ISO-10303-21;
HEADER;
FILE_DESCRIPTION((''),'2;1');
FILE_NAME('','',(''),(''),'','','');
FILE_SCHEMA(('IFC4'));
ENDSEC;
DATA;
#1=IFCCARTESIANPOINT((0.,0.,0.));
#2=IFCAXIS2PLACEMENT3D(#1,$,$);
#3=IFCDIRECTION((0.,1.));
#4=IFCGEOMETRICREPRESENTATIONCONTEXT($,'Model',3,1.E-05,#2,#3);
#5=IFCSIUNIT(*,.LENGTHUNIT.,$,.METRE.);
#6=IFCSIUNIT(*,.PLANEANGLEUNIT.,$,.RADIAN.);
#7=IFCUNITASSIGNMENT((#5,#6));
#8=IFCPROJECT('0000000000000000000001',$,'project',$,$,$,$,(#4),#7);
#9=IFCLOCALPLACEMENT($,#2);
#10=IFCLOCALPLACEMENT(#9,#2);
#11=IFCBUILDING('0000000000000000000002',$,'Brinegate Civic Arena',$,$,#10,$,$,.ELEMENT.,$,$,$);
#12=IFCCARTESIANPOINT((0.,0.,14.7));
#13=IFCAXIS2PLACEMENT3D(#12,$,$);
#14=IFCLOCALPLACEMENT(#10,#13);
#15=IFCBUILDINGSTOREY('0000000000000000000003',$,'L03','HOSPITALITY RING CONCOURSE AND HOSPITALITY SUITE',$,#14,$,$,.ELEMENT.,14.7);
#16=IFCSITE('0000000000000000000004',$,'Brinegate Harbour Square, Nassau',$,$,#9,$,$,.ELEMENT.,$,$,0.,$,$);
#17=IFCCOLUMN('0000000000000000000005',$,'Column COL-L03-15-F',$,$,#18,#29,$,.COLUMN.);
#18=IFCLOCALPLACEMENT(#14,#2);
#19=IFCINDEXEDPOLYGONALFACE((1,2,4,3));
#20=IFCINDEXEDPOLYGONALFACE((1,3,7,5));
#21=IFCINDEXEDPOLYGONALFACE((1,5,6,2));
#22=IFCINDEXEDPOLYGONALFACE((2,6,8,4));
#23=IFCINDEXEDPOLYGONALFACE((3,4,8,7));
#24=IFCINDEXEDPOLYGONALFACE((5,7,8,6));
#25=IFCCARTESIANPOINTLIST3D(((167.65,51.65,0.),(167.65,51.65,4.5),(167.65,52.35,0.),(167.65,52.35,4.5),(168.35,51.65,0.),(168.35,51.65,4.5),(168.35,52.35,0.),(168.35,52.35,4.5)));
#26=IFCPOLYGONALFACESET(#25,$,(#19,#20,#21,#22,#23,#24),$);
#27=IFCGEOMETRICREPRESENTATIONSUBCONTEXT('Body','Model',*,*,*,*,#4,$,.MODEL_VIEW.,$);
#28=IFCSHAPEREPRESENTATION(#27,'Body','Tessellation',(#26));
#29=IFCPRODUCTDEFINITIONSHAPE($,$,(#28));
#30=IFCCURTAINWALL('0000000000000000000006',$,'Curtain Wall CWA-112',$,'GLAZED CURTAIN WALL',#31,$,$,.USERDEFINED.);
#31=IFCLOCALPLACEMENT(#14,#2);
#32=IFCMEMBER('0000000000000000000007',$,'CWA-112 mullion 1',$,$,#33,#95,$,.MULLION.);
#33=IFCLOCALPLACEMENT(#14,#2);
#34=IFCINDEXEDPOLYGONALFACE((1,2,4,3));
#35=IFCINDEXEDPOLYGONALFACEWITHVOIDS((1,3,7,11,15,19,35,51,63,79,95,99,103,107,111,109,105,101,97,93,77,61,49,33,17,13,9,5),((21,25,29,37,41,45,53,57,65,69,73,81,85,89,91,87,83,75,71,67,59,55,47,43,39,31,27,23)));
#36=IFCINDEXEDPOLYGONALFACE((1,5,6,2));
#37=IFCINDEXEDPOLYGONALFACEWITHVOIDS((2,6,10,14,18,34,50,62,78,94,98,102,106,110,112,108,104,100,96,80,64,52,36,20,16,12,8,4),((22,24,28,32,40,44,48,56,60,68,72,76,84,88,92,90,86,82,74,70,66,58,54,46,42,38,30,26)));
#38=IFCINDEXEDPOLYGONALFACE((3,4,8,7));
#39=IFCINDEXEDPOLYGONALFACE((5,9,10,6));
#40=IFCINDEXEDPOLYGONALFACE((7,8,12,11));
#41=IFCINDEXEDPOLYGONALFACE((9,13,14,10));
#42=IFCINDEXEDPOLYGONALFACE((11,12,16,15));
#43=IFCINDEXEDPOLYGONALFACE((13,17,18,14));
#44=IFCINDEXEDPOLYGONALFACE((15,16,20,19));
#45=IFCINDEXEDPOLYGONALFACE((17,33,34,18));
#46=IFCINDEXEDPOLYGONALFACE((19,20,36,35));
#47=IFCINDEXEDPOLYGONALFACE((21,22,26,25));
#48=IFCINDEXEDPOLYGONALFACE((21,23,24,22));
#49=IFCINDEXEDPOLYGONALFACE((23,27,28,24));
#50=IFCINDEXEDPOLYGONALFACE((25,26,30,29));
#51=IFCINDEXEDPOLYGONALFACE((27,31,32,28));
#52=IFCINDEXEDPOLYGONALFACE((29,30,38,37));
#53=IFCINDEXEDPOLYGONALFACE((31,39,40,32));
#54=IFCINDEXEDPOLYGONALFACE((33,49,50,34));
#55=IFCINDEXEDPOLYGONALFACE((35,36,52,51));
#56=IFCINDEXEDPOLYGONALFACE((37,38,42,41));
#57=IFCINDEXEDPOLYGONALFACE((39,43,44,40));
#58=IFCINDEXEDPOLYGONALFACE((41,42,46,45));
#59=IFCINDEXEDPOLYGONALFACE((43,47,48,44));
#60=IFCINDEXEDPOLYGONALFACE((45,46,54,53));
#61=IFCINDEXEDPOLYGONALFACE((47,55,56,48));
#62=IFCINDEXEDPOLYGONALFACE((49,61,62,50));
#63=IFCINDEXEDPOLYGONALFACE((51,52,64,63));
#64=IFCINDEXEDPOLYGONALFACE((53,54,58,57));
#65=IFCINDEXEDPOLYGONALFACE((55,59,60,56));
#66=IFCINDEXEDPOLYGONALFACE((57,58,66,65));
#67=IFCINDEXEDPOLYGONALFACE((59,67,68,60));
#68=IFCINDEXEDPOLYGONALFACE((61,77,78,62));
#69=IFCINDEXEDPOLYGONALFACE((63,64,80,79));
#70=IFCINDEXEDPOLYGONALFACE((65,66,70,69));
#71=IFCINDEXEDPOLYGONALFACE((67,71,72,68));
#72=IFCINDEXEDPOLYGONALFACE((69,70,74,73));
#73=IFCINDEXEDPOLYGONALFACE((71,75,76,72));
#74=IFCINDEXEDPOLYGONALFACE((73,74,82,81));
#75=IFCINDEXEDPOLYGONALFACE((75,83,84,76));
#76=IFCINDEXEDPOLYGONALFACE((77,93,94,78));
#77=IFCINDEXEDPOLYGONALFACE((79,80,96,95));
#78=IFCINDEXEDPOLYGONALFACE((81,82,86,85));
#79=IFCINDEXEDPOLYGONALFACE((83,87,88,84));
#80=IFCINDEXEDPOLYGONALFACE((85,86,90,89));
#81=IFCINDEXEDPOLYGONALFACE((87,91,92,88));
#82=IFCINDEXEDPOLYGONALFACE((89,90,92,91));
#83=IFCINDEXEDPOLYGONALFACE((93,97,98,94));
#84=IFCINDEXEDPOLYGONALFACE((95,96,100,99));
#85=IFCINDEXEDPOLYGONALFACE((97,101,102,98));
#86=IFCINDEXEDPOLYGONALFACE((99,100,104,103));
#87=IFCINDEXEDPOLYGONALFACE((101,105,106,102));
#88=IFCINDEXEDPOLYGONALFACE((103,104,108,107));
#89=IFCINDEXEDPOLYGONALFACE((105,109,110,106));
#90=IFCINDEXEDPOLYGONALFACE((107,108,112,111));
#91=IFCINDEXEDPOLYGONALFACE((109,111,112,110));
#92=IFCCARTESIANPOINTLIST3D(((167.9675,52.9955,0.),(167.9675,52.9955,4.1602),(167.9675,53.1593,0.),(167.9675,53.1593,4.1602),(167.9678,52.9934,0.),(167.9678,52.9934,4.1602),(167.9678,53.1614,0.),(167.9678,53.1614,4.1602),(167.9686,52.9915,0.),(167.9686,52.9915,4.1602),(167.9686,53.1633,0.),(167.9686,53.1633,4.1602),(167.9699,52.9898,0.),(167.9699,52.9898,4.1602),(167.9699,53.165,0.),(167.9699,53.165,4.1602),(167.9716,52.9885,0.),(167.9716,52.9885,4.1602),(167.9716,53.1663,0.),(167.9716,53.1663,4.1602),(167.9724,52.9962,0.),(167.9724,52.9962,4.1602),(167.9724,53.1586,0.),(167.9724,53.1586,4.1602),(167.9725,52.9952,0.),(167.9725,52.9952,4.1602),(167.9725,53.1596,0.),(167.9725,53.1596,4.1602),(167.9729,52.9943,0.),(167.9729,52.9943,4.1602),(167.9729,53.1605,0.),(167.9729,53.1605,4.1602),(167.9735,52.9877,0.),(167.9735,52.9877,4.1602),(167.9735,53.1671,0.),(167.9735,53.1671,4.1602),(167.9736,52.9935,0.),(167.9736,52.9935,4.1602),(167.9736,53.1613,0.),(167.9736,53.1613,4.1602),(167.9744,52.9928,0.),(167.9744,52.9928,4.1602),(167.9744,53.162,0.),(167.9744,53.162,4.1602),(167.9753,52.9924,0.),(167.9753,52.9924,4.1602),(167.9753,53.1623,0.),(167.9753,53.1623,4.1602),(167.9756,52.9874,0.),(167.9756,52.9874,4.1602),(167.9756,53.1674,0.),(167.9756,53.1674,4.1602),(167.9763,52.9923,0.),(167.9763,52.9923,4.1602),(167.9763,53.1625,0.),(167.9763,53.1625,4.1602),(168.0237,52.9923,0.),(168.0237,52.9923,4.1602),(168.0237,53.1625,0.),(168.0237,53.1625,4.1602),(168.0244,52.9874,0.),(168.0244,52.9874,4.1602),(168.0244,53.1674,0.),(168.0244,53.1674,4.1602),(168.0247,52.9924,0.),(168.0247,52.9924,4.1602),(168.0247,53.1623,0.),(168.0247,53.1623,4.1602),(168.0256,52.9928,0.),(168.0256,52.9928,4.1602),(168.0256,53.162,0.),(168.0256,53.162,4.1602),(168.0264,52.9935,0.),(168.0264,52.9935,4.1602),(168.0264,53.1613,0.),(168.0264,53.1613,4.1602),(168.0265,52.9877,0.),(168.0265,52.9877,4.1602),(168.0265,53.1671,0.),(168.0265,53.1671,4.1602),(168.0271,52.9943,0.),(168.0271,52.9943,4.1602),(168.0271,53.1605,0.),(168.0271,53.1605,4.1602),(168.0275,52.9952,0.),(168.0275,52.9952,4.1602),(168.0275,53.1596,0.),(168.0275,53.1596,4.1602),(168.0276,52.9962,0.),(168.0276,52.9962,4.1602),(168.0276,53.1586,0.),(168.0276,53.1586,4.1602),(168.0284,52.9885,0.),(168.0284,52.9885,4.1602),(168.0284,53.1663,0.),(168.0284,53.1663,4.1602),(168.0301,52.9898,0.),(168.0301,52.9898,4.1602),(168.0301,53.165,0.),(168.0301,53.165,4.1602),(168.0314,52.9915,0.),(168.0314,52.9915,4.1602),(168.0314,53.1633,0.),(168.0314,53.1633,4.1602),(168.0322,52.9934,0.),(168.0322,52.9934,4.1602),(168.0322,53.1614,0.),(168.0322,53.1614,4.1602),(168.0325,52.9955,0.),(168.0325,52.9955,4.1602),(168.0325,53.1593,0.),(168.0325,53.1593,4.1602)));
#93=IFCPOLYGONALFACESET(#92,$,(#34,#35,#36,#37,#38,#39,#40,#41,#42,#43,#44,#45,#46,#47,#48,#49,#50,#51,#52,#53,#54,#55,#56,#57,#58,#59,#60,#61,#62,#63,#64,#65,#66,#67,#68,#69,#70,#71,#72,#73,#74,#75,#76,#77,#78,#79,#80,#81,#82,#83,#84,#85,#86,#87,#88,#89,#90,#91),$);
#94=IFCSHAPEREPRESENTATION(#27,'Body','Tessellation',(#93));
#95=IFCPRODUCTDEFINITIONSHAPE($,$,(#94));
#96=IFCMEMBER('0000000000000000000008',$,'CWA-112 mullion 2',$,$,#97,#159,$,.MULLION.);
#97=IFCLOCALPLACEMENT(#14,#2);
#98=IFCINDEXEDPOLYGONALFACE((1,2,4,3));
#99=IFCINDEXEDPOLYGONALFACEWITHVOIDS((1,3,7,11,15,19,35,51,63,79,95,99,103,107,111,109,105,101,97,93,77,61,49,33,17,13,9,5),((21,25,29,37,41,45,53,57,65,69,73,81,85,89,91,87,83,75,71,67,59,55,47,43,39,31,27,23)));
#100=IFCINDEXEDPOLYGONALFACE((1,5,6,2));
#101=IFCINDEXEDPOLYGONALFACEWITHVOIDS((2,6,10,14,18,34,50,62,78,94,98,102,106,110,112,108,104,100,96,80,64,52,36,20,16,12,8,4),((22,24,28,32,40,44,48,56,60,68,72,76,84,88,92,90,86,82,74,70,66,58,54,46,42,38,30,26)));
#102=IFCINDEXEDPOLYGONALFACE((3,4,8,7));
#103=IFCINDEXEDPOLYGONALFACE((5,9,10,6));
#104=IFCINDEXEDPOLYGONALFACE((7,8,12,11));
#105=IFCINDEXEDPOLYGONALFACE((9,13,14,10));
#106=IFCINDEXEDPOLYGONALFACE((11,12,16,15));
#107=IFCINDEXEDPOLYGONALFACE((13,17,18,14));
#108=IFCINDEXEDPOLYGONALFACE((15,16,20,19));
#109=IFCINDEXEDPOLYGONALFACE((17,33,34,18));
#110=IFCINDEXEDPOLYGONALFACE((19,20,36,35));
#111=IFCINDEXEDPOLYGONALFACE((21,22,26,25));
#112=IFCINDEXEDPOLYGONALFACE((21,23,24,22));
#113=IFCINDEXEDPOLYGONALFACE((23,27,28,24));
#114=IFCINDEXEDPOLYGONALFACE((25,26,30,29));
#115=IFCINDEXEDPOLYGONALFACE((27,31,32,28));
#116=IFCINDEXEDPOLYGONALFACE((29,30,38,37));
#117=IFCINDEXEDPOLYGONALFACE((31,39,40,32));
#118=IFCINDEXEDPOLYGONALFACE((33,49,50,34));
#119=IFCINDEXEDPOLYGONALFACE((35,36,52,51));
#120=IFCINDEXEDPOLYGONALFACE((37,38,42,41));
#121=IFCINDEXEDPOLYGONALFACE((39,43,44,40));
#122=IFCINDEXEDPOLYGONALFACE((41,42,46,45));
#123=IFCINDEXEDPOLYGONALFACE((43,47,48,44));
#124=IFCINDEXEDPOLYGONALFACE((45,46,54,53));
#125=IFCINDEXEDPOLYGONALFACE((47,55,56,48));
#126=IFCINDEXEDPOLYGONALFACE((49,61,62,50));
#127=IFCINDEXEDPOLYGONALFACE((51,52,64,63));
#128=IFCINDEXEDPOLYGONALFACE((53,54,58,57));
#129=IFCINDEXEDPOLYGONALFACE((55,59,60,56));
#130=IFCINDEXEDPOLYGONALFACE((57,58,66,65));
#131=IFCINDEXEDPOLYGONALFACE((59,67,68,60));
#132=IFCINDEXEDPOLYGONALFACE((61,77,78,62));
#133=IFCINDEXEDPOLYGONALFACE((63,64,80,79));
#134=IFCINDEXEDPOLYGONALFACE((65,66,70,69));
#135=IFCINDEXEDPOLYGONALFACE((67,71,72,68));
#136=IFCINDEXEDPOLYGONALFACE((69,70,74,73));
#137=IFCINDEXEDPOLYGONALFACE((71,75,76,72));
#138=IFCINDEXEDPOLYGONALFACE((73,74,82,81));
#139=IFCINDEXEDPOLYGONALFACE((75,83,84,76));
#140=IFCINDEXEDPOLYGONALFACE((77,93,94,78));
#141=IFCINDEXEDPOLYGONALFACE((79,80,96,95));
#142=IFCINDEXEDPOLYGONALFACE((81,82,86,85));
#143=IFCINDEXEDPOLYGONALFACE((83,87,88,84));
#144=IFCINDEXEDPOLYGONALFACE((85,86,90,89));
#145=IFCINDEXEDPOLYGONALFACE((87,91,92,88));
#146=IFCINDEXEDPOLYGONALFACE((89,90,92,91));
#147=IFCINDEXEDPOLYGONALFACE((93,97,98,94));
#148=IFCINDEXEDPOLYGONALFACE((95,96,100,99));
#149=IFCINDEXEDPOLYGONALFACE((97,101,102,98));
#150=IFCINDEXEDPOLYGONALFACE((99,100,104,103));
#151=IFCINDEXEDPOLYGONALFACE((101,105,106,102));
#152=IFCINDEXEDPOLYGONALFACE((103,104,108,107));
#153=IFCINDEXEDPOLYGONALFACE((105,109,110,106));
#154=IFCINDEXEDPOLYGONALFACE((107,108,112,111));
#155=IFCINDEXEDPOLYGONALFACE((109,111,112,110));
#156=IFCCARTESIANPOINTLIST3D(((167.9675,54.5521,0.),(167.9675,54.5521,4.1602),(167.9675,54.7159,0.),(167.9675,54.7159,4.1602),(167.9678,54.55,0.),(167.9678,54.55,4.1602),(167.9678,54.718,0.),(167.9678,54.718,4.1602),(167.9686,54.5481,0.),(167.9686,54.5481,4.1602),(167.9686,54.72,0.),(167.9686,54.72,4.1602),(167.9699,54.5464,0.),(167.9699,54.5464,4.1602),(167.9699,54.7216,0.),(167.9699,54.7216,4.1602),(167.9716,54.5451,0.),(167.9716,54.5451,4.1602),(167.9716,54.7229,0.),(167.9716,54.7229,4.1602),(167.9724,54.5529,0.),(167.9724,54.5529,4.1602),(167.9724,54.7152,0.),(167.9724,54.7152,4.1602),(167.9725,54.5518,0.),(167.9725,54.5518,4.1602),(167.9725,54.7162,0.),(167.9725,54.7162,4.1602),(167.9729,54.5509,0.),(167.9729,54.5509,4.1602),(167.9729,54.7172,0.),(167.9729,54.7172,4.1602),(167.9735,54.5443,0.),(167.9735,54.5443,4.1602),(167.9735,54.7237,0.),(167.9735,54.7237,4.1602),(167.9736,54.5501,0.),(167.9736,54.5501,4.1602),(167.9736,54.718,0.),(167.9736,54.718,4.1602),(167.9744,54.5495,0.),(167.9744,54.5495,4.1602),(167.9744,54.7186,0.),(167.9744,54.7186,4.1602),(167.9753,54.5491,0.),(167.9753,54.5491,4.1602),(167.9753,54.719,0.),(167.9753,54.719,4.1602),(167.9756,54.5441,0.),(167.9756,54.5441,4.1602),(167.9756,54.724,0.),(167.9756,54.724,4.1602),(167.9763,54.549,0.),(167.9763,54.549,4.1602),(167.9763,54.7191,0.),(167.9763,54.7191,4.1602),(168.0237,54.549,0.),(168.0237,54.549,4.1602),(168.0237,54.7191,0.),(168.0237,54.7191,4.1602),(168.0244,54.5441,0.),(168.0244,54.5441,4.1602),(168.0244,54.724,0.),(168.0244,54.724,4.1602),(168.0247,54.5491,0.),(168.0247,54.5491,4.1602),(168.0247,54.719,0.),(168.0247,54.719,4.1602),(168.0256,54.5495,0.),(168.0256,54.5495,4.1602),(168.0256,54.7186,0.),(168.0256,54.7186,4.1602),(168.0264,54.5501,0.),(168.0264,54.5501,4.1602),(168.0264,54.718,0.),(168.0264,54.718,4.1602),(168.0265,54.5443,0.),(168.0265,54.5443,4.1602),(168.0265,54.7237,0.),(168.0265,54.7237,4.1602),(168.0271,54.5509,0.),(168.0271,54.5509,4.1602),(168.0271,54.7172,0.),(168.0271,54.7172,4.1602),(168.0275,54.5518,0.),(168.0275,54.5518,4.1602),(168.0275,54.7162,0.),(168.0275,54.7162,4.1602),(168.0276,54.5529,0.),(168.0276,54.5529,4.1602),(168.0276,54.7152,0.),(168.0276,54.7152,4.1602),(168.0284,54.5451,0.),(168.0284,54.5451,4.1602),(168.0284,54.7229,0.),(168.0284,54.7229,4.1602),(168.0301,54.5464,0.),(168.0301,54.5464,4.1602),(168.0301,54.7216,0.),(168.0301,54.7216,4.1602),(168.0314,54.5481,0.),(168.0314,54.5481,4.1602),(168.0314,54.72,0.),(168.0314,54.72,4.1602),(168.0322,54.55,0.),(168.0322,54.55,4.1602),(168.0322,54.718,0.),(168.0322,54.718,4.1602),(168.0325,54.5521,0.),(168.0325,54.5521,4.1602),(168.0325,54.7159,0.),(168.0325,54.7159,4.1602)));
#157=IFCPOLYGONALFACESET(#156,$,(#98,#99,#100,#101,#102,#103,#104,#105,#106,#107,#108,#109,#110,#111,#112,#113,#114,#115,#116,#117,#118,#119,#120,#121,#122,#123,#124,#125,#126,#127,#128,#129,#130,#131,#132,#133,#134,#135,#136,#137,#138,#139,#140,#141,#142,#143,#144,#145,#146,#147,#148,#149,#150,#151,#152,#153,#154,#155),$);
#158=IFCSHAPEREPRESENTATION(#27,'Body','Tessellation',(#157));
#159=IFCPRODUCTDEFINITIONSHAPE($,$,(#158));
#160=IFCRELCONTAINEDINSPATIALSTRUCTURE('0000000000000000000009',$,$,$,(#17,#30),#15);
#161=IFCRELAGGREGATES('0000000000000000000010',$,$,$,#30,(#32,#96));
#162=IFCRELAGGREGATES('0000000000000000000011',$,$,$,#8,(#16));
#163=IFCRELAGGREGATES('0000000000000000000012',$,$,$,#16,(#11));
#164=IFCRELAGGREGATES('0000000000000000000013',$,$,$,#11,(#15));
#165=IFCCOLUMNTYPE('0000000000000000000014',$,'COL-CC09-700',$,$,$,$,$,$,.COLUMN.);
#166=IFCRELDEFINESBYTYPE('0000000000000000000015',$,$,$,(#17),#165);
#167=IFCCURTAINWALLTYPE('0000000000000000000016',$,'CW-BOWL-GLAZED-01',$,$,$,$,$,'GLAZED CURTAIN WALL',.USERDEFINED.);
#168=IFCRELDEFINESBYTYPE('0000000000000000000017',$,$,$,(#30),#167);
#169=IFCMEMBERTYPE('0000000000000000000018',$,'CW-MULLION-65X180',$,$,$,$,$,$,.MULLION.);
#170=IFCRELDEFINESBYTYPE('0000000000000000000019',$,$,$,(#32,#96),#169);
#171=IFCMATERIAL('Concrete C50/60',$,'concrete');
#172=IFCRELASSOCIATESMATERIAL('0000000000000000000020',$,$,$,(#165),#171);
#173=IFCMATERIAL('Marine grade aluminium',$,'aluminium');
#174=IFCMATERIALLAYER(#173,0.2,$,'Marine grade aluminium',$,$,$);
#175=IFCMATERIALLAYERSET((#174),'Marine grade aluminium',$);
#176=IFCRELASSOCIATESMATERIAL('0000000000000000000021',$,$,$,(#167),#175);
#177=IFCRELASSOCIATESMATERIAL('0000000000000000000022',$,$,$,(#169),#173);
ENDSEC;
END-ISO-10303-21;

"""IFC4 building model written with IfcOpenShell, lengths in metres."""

from ifc_helpers import new_model, si_unit, direction, frame, origin, origin_2d, place, context, subcontext, project, spatial, rectangle, hollow_rectangle, extrude, material, layer, layer_set, material_profile, profile_set, type_object, element, aggregate, save


model = new_model("IFC4")

# Units and contexts
model_context = context("Model", 3, precision=1e-05, world=origin(), true_north=direction((0.0, 1.0)))
body_context = subcontext(model_context, "Body", "Model", "MODEL_VIEW")
ifc_project = project(units=[si_unit("LENGTHUNIT", "METRE"), si_unit("PLANEANGLEUNIT", "RADIAN")], contexts=[model_context])

# Site, building, storey
site_placement = place(None, origin())
site = spatial("IfcSite", under=ifc_project, at=site_placement, Name="Brinegate Harbour Square, Nassau", CompositionType="ELEMENT", RefElevation=0.0)
building_placement = place(site_placement, origin())
building = spatial("IfcBuilding", under=site, at=building_placement, Name="Brinegate Civic Arena", CompositionType="ELEMENT")
storey_placement = place(building_placement, frame((0.0, 0.0, 14.7)))
storey = spatial("IfcBuildingStorey", under=building, at=storey_placement, Name="L03", Description="HOSPITALITY RING CONCOURSE AND HOSPITALITY SUITE", CompositionType="ELEMENT", Elevation=14.7)

# Column
ifc_material_1 = material(Name="Concrete C50/60", Category="concrete")
ifc_material_profile_1 = material_profile(ifc_material_1, rectangle(XDim=0.7, YDim=0.7, at=origin_2d()), Name="RC700X700")
ifc_profile_set_1 = profile_set([ifc_material_profile_1], Name="Concrete C50/60")
column_type = type_object("IfcColumnType", Name="COL-CC09-700", PredefinedType="COLUMN", material=ifc_profile_set_1)
column_placement = place(storey_placement, frame((168.0, 52.0, 0.0), z_axis=(0.0, 0.0, 1.0), x_axis=(1.0, 0.0, 0.0)))
element("IfcColumn", 1, at=column_placement, inside=storey, type_object=column_type, Name="Column COL-L03-15-F", PredefinedType="COLUMN", context=body_context, shape_type="SweptSolid", body=[
    extrude(rectangle(XDim=0.7, YDim=0.7, at=origin_2d()), origin(), (0.0, 0.0, 1.0), 4.5),
])

# Curtain wall, members
ifc_material_2 = material(Name="Marine grade aluminium", Category="aluminium")
ifc_layer_1 = layer(ifc_material_2, 0.2, Name="Marine grade aluminium")
ifc_layer_set_1 = layer_set([ifc_layer_1], Name="Marine grade aluminium")
curtain_wall_type = type_object("IfcCurtainWallType", Name="CW-BOWL-GLAZED-01", ElementType="GLAZED CURTAIN WALL", PredefinedType="USERDEFINED", material=ifc_layer_set_1)
curtain_wall_1_placement = place(storey_placement, origin())
curtain_wall_1 = element("IfcCurtainWall", 2, at=curtain_wall_1_placement, inside=storey, type_object=curtain_wall_type, Name="Curtain Wall CWA-112", ObjectType="GLAZED CURTAIN WALL", PredefinedType="USERDEFINED")
ifc_material_profile_2 = material_profile(ifc_material_2, hollow_rectangle(XDim=0.0649, YDim=0.1799, WallThickness=0.0049, InnerFilletRadius=0.0039, OuterFilletRadius=0.0081, at=origin_2d()), Name="MUL65X180")
ifc_profile_set_2 = profile_set([ifc_material_profile_2], Name="Marine grade aluminium")
member_type_1 = type_object("IfcMemberType", Name="CW-MULLION-65X180", PredefinedType="MULLION", material=ifc_profile_set_2)
member_1_placement = place(storey_placement, frame((168.0, 53.0774, 0.0), z_axis=(0.0, 0.0, 1.0), x_axis=(-1.0, 0.0, 0.0)))
member_1 = element("IfcMember", 3, at=member_1_placement, type_object=member_type_1, Name="CWA-112 mullion 1", PredefinedType="MULLION", context=body_context, shape_type="SweptSolid", body=[
    extrude(hollow_rectangle(XDim=0.0649, YDim=0.1799, WallThickness=0.0049, InnerFilletRadius=0.0039, OuterFilletRadius=0.0081, at=origin_2d()), origin(), (0.0, 0.0, 1.0), 4.1602),
])
member_2_placement = place(storey_placement, frame((168.0, 54.634, 0.0), z_axis=(0.0, 0.0, 1.0), x_axis=(-1.0, 0.0, 0.0)))
member_2 = element("IfcMember", 4, at=member_2_placement, type_object=member_type_1, Name="CWA-112 mullion 2", PredefinedType="MULLION", context=body_context, shape_type="SweptSolid", body=[
    extrude(hollow_rectangle(XDim=0.0649, YDim=0.1799, WallThickness=0.0049, InnerFilletRadius=0.0039, OuterFilletRadius=0.0081, at=origin_2d()), origin(), (0.0, 0.0, 1.0), 4.1602),
])

aggregate(curtain_wall_1, [member_1, member_2])

save(model, "model.ifc")
